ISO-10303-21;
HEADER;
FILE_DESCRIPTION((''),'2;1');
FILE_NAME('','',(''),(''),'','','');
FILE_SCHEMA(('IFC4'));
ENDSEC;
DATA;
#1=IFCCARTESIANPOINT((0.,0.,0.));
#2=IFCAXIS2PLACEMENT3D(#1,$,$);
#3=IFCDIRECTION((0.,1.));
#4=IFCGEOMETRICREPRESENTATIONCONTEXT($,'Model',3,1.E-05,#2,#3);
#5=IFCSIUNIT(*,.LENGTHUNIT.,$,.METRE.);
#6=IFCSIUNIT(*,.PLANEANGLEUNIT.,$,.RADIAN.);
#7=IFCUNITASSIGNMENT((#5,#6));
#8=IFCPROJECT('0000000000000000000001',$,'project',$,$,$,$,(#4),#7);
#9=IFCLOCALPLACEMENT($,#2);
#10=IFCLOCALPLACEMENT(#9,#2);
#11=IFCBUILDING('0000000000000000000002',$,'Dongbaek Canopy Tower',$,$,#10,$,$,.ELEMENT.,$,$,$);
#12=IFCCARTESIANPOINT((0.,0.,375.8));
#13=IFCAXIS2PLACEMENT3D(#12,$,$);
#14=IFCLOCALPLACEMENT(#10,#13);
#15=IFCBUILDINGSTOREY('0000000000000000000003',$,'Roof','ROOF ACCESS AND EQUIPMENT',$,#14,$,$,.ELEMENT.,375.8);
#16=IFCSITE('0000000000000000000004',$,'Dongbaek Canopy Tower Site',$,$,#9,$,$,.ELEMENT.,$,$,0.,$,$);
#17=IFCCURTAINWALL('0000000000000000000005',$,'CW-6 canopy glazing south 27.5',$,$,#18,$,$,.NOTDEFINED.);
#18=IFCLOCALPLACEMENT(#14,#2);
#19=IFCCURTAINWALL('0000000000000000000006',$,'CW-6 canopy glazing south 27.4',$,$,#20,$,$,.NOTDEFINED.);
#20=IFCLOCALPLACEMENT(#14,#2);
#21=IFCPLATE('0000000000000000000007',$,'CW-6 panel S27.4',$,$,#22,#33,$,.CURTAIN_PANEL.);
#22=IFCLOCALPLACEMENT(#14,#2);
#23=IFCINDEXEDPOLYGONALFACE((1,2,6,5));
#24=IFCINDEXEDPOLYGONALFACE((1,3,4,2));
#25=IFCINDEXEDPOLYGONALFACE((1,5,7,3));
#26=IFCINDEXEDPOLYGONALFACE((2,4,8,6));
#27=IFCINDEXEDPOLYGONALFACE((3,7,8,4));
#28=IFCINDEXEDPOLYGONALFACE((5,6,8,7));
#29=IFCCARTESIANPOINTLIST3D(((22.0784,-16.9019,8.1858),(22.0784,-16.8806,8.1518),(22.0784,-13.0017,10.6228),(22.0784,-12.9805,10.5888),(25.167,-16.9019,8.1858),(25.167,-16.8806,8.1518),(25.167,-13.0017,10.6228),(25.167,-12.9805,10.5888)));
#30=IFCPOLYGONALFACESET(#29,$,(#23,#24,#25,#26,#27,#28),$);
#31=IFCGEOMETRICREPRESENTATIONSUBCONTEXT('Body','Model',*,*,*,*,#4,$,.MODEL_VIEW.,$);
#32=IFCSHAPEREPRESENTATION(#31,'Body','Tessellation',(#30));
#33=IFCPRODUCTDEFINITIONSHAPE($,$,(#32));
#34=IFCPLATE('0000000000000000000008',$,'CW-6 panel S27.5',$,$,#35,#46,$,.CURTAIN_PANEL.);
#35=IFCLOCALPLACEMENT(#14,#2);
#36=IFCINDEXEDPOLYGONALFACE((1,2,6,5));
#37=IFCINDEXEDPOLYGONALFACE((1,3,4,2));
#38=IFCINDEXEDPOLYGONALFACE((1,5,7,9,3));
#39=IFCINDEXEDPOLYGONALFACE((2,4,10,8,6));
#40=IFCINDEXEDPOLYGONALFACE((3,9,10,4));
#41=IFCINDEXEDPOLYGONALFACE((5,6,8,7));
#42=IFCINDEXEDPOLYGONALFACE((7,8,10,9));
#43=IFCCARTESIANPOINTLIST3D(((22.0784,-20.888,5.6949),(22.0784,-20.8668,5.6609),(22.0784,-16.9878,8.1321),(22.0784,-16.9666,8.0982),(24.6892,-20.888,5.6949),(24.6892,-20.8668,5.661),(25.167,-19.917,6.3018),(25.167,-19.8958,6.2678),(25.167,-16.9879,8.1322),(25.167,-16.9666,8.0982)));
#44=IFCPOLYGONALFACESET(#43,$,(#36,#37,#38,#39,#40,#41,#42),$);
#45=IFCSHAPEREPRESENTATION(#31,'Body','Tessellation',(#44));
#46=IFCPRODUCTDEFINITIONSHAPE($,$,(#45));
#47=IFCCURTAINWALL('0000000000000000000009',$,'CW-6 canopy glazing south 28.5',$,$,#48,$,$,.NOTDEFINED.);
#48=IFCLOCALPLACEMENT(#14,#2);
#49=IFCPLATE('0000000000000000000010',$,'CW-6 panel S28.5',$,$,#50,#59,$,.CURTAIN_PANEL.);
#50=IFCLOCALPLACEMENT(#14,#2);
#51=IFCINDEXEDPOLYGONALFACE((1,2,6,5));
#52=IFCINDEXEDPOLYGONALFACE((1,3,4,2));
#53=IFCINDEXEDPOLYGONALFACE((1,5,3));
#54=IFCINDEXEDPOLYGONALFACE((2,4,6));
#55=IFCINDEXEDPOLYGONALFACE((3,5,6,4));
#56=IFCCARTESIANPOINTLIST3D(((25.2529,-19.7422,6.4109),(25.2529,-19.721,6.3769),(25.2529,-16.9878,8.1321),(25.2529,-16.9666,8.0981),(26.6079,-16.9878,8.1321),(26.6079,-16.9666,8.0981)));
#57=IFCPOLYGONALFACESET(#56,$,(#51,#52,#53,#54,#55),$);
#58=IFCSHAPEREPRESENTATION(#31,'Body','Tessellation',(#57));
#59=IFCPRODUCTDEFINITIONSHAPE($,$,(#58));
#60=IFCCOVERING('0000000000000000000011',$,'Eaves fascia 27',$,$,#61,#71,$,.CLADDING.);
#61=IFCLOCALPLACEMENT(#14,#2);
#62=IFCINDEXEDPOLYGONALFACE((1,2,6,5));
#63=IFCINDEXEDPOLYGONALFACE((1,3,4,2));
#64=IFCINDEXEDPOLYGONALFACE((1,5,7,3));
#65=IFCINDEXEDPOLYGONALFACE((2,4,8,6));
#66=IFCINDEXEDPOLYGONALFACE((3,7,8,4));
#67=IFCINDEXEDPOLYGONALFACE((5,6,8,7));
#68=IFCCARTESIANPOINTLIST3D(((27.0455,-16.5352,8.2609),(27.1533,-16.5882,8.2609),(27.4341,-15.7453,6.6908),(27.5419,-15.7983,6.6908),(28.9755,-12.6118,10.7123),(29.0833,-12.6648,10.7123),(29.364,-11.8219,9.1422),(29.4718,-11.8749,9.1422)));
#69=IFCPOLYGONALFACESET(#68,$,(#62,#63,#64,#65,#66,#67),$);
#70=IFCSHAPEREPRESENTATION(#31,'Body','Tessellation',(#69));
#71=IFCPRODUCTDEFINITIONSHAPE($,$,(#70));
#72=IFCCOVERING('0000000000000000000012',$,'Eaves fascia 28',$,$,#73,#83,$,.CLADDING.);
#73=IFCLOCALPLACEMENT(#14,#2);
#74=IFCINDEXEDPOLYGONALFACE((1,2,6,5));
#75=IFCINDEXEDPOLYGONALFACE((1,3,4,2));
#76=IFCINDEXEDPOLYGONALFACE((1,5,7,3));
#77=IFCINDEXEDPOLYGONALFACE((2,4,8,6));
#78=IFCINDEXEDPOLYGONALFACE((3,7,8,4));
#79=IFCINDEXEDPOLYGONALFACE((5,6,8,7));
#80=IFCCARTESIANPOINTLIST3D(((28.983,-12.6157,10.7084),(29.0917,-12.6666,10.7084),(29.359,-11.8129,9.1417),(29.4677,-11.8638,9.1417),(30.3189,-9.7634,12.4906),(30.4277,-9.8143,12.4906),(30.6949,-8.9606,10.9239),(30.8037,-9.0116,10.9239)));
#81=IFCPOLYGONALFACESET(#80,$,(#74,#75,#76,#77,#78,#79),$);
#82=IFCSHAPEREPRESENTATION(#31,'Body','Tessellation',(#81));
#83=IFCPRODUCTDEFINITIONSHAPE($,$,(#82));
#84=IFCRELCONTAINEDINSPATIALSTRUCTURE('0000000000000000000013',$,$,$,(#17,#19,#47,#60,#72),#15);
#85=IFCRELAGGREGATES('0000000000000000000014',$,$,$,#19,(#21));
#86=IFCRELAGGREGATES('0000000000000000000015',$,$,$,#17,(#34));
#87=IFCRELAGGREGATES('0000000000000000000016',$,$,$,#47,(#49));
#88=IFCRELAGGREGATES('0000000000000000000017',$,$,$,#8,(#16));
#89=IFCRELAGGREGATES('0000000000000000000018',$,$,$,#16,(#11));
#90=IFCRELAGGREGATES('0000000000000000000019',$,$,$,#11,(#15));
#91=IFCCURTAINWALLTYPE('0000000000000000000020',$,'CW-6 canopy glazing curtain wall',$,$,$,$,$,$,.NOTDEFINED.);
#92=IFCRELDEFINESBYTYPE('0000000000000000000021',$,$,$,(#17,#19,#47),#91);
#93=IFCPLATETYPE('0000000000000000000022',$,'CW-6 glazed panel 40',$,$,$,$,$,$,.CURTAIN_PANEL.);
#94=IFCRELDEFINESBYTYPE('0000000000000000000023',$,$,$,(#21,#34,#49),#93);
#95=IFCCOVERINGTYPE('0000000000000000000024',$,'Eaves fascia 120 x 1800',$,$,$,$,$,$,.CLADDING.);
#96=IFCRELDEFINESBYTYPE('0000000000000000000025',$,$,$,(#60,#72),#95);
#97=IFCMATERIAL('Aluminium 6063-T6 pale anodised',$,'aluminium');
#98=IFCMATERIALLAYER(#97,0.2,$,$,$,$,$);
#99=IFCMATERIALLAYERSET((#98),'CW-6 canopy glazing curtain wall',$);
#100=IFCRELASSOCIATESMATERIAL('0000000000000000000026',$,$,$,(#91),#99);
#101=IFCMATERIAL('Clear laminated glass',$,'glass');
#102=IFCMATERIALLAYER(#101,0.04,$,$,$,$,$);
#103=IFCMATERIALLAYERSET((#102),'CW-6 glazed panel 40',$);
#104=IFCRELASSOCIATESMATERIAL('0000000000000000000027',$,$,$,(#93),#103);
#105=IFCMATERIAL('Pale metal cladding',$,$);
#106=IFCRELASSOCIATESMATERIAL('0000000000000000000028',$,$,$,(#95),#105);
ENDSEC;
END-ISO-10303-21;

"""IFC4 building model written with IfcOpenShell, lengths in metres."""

from ifc_helpers import new_model, si_unit, direction, frame, origin, origin_2d, place, context, subcontext, project, spatial, polyline, rectangle, outline, extrude, material, layer, layer_set, material_profile, profile_set, type_object, element, aggregate, save


model = new_model("IFC4")

# Units and contexts
model_context = context("Model", 3, precision=1e-05, world=origin(), true_north=direction((0.0, 1.0)))
body_context = subcontext(model_context, "Body", "Model", "MODEL_VIEW")
ifc_project = project(units=[si_unit("LENGTHUNIT", "METRE"), si_unit("PLANEANGLEUNIT", "RADIAN")], contexts=[model_context])

# Site, building, storey
site_placement = place(None, origin())
site = spatial("IfcSite", under=ifc_project, at=site_placement, Name="Dongbaek Canopy Tower Site", CompositionType="ELEMENT", RefElevation=0.0)
building_placement = place(site_placement, origin())
building = spatial("IfcBuilding", under=site, at=building_placement, Name="Dongbaek Canopy Tower", CompositionType="ELEMENT")
storey_placement = place(building_placement, frame((0.0, 0.0, 375.8)))
storey = spatial("IfcBuildingStorey", under=building, at=storey_placement, Name="Roof", Description="ROOF ACCESS AND EQUIPMENT", CompositionType="ELEMENT", Elevation=375.8)

# Curtain walls
ifc_material_1 = material(Name="Aluminium 6063-T6 pale anodised", Category="aluminium")
ifc_layer_1 = layer(ifc_material_1, 0.2)
ifc_layer_set_1 = layer_set([ifc_layer_1], Name="CW-6 canopy glazing curtain wall")
curtain_wall_type = type_object("IfcCurtainWallType", Name="CW-6 canopy glazing curtain wall", PredefinedType="NOTDEFINED", material=ifc_layer_set_1)
curtain_wall_1_placement = place(storey_placement, origin())
curtain_wall_1 = element("IfcCurtainWall", 1, at=curtain_wall_1_placement, inside=storey, type_object=curtain_wall_type, Name="CW-6 canopy glazing south 27.5", PredefinedType="NOTDEFINED")
curtain_wall_2_placement = place(storey_placement, origin())
curtain_wall_2 = element("IfcCurtainWall", 2, at=curtain_wall_2_placement, inside=storey, type_object=curtain_wall_type, Name="CW-6 canopy glazing south 27.4", PredefinedType="NOTDEFINED")

# Shared definitions
ifc_material_2 = material(Name="Clear laminated glass", Category="glass")
ifc_layer_2 = layer(ifc_material_2, 0.04)
ifc_layer_set_2 = layer_set([ifc_layer_2], Name="CW-6 glazed panel 40")
plate_type = type_object("IfcPlateType", Name="CW-6 glazed panel 40", PredefinedType="CURTAIN_PANEL", material=ifc_layer_set_2)

# Plates
plate_1_placement = place(storey_placement, frame((25.167, -16.9019, 8.1858), z_axis=(0.0, -0.529908, 0.848055), x_axis=(-1.0, 0.0, 0.0)))
plate_1 = element("IfcPlate", 3, at=plate_1_placement, type_object=plate_type, Name="CW-6 panel S27.4", PredefinedType="CURTAIN_PANEL", context=body_context, shape_type="SweptSolid", body=[
    extrude(outline(polyline([(0.0, 0.0), (3.0886, 0.0), (3.0886, -4.5989), (0.0, -4.5989), (0.0, 0.0)])), origin(), (0.0, 0.0, -1.0), 0.04),
])
aggregate(curtain_wall_2, [plate_1])
plate_2_placement = place(storey_placement, frame((25.167, -19.917, 6.3018), z_axis=(-0.000025, -0.529944, 0.848032), x_axis=(-0.385086, -0.782628, -0.489083)))
plate_2 = element("IfcPlate", 4, at=plate_2_placement, type_object=plate_type, Name="CW-6 panel S27.5", PredefinedType="CURTAIN_PANEL", context=body_context, shape_type="SweptSolid", body=[
    extrude(outline(polyline([(0.0, 0.0), (1.2407, 0.0), (2.2461, -2.4095), (-1.9983, -4.1805), (-3.1877, -1.3301), (0.0, 0.0)])), origin(), (0.0, 0.0, -1.0), 0.04),
])
aggregate(curtain_wall_1, [plate_2])

# Curtain wall, plate
curtain_wall_3_placement = place(storey_placement, origin())
curtain_wall_3 = element("IfcCurtainWall", 5, at=curtain_wall_3_placement, inside=storey, type_object=curtain_wall_type, Name="CW-6 canopy glazing south 28.5", PredefinedType="NOTDEFINED")
plate_3_placement = place(storey_placement, frame((25.2529, -19.7422, 6.4109), z_axis=(0.0, -0.529931, 0.848041), x_axis=(0.0, 0.848041, 0.529931)))
plate_3 = element("IfcPlate", 6, at=plate_3_placement, type_object=plate_type, Name="CW-6 panel S28.5", PredefinedType="CURTAIN_PANEL", context=body_context, shape_type="SweptSolid", body=[
    extrude(outline(polyline([(0.0, 0.0), (3.248, 0.0), (3.248, -1.355), (0.0, 0.0)])), origin(), (0.0, 0.0, -1.0), 0.04),
])
aggregate(curtain_wall_3, [plate_3])

# Coverings
ifc_material_3 = material(Name="Pale metal cladding")
ifc_material_profile_1 = material_profile(ifc_material_3, rectangle(XDim=0.1201, YDim=1.8, at=origin_2d()), Name="Eaves fascia 120 x 1800")
ifc_profile_set_1 = profile_set([ifc_material_profile_1], Name="Pale metal cladding")
covering_type = type_object("IfcCoveringType", Name="Eaves fascia 120 x 1800", PredefinedType="CLADDING", material=ifc_profile_set_1)
covering_1_placement = place(storey_placement, frame((27.2937, -16.1667, 7.4758), z_axis=(0.385012, 0.782688, 0.489046), x_axis=(-0.897312, 0.441397, 0.0)))
element("IfcCovering", 7, at=covering_1_placement, inside=storey, type_object=covering_type, Name="Eaves fascia 27", PredefinedType="CLADDING", context=body_context, shape_type="SweptSolid", body=[
    extrude(rectangle(XDim=0.1201, YDim=1.8, at=origin_2d()), origin(), (0.0, 0.0, 1.0), 5.0127),
])
covering_2_placement = place(storey_placement, frame((29.2253, -12.2397, 9.925), z_axis=(0.369153, 0.78816, 0.492473), x_axis=(-0.90559, 0.424154, 0.0)))
element("IfcCovering", 8, at=covering_2_placement, inside=storey, type_object=covering_type, Name="Eaves fascia 28", PredefinedType="CLADDING", context=body_context, shape_type="SweptSolid", body=[
    extrude(rectangle(XDim=0.1201, YDim=1.8, at=origin_2d()), origin(), (0.0, 0.0, 1.0), 3.6189),
])

save(model, "model.ifc")
